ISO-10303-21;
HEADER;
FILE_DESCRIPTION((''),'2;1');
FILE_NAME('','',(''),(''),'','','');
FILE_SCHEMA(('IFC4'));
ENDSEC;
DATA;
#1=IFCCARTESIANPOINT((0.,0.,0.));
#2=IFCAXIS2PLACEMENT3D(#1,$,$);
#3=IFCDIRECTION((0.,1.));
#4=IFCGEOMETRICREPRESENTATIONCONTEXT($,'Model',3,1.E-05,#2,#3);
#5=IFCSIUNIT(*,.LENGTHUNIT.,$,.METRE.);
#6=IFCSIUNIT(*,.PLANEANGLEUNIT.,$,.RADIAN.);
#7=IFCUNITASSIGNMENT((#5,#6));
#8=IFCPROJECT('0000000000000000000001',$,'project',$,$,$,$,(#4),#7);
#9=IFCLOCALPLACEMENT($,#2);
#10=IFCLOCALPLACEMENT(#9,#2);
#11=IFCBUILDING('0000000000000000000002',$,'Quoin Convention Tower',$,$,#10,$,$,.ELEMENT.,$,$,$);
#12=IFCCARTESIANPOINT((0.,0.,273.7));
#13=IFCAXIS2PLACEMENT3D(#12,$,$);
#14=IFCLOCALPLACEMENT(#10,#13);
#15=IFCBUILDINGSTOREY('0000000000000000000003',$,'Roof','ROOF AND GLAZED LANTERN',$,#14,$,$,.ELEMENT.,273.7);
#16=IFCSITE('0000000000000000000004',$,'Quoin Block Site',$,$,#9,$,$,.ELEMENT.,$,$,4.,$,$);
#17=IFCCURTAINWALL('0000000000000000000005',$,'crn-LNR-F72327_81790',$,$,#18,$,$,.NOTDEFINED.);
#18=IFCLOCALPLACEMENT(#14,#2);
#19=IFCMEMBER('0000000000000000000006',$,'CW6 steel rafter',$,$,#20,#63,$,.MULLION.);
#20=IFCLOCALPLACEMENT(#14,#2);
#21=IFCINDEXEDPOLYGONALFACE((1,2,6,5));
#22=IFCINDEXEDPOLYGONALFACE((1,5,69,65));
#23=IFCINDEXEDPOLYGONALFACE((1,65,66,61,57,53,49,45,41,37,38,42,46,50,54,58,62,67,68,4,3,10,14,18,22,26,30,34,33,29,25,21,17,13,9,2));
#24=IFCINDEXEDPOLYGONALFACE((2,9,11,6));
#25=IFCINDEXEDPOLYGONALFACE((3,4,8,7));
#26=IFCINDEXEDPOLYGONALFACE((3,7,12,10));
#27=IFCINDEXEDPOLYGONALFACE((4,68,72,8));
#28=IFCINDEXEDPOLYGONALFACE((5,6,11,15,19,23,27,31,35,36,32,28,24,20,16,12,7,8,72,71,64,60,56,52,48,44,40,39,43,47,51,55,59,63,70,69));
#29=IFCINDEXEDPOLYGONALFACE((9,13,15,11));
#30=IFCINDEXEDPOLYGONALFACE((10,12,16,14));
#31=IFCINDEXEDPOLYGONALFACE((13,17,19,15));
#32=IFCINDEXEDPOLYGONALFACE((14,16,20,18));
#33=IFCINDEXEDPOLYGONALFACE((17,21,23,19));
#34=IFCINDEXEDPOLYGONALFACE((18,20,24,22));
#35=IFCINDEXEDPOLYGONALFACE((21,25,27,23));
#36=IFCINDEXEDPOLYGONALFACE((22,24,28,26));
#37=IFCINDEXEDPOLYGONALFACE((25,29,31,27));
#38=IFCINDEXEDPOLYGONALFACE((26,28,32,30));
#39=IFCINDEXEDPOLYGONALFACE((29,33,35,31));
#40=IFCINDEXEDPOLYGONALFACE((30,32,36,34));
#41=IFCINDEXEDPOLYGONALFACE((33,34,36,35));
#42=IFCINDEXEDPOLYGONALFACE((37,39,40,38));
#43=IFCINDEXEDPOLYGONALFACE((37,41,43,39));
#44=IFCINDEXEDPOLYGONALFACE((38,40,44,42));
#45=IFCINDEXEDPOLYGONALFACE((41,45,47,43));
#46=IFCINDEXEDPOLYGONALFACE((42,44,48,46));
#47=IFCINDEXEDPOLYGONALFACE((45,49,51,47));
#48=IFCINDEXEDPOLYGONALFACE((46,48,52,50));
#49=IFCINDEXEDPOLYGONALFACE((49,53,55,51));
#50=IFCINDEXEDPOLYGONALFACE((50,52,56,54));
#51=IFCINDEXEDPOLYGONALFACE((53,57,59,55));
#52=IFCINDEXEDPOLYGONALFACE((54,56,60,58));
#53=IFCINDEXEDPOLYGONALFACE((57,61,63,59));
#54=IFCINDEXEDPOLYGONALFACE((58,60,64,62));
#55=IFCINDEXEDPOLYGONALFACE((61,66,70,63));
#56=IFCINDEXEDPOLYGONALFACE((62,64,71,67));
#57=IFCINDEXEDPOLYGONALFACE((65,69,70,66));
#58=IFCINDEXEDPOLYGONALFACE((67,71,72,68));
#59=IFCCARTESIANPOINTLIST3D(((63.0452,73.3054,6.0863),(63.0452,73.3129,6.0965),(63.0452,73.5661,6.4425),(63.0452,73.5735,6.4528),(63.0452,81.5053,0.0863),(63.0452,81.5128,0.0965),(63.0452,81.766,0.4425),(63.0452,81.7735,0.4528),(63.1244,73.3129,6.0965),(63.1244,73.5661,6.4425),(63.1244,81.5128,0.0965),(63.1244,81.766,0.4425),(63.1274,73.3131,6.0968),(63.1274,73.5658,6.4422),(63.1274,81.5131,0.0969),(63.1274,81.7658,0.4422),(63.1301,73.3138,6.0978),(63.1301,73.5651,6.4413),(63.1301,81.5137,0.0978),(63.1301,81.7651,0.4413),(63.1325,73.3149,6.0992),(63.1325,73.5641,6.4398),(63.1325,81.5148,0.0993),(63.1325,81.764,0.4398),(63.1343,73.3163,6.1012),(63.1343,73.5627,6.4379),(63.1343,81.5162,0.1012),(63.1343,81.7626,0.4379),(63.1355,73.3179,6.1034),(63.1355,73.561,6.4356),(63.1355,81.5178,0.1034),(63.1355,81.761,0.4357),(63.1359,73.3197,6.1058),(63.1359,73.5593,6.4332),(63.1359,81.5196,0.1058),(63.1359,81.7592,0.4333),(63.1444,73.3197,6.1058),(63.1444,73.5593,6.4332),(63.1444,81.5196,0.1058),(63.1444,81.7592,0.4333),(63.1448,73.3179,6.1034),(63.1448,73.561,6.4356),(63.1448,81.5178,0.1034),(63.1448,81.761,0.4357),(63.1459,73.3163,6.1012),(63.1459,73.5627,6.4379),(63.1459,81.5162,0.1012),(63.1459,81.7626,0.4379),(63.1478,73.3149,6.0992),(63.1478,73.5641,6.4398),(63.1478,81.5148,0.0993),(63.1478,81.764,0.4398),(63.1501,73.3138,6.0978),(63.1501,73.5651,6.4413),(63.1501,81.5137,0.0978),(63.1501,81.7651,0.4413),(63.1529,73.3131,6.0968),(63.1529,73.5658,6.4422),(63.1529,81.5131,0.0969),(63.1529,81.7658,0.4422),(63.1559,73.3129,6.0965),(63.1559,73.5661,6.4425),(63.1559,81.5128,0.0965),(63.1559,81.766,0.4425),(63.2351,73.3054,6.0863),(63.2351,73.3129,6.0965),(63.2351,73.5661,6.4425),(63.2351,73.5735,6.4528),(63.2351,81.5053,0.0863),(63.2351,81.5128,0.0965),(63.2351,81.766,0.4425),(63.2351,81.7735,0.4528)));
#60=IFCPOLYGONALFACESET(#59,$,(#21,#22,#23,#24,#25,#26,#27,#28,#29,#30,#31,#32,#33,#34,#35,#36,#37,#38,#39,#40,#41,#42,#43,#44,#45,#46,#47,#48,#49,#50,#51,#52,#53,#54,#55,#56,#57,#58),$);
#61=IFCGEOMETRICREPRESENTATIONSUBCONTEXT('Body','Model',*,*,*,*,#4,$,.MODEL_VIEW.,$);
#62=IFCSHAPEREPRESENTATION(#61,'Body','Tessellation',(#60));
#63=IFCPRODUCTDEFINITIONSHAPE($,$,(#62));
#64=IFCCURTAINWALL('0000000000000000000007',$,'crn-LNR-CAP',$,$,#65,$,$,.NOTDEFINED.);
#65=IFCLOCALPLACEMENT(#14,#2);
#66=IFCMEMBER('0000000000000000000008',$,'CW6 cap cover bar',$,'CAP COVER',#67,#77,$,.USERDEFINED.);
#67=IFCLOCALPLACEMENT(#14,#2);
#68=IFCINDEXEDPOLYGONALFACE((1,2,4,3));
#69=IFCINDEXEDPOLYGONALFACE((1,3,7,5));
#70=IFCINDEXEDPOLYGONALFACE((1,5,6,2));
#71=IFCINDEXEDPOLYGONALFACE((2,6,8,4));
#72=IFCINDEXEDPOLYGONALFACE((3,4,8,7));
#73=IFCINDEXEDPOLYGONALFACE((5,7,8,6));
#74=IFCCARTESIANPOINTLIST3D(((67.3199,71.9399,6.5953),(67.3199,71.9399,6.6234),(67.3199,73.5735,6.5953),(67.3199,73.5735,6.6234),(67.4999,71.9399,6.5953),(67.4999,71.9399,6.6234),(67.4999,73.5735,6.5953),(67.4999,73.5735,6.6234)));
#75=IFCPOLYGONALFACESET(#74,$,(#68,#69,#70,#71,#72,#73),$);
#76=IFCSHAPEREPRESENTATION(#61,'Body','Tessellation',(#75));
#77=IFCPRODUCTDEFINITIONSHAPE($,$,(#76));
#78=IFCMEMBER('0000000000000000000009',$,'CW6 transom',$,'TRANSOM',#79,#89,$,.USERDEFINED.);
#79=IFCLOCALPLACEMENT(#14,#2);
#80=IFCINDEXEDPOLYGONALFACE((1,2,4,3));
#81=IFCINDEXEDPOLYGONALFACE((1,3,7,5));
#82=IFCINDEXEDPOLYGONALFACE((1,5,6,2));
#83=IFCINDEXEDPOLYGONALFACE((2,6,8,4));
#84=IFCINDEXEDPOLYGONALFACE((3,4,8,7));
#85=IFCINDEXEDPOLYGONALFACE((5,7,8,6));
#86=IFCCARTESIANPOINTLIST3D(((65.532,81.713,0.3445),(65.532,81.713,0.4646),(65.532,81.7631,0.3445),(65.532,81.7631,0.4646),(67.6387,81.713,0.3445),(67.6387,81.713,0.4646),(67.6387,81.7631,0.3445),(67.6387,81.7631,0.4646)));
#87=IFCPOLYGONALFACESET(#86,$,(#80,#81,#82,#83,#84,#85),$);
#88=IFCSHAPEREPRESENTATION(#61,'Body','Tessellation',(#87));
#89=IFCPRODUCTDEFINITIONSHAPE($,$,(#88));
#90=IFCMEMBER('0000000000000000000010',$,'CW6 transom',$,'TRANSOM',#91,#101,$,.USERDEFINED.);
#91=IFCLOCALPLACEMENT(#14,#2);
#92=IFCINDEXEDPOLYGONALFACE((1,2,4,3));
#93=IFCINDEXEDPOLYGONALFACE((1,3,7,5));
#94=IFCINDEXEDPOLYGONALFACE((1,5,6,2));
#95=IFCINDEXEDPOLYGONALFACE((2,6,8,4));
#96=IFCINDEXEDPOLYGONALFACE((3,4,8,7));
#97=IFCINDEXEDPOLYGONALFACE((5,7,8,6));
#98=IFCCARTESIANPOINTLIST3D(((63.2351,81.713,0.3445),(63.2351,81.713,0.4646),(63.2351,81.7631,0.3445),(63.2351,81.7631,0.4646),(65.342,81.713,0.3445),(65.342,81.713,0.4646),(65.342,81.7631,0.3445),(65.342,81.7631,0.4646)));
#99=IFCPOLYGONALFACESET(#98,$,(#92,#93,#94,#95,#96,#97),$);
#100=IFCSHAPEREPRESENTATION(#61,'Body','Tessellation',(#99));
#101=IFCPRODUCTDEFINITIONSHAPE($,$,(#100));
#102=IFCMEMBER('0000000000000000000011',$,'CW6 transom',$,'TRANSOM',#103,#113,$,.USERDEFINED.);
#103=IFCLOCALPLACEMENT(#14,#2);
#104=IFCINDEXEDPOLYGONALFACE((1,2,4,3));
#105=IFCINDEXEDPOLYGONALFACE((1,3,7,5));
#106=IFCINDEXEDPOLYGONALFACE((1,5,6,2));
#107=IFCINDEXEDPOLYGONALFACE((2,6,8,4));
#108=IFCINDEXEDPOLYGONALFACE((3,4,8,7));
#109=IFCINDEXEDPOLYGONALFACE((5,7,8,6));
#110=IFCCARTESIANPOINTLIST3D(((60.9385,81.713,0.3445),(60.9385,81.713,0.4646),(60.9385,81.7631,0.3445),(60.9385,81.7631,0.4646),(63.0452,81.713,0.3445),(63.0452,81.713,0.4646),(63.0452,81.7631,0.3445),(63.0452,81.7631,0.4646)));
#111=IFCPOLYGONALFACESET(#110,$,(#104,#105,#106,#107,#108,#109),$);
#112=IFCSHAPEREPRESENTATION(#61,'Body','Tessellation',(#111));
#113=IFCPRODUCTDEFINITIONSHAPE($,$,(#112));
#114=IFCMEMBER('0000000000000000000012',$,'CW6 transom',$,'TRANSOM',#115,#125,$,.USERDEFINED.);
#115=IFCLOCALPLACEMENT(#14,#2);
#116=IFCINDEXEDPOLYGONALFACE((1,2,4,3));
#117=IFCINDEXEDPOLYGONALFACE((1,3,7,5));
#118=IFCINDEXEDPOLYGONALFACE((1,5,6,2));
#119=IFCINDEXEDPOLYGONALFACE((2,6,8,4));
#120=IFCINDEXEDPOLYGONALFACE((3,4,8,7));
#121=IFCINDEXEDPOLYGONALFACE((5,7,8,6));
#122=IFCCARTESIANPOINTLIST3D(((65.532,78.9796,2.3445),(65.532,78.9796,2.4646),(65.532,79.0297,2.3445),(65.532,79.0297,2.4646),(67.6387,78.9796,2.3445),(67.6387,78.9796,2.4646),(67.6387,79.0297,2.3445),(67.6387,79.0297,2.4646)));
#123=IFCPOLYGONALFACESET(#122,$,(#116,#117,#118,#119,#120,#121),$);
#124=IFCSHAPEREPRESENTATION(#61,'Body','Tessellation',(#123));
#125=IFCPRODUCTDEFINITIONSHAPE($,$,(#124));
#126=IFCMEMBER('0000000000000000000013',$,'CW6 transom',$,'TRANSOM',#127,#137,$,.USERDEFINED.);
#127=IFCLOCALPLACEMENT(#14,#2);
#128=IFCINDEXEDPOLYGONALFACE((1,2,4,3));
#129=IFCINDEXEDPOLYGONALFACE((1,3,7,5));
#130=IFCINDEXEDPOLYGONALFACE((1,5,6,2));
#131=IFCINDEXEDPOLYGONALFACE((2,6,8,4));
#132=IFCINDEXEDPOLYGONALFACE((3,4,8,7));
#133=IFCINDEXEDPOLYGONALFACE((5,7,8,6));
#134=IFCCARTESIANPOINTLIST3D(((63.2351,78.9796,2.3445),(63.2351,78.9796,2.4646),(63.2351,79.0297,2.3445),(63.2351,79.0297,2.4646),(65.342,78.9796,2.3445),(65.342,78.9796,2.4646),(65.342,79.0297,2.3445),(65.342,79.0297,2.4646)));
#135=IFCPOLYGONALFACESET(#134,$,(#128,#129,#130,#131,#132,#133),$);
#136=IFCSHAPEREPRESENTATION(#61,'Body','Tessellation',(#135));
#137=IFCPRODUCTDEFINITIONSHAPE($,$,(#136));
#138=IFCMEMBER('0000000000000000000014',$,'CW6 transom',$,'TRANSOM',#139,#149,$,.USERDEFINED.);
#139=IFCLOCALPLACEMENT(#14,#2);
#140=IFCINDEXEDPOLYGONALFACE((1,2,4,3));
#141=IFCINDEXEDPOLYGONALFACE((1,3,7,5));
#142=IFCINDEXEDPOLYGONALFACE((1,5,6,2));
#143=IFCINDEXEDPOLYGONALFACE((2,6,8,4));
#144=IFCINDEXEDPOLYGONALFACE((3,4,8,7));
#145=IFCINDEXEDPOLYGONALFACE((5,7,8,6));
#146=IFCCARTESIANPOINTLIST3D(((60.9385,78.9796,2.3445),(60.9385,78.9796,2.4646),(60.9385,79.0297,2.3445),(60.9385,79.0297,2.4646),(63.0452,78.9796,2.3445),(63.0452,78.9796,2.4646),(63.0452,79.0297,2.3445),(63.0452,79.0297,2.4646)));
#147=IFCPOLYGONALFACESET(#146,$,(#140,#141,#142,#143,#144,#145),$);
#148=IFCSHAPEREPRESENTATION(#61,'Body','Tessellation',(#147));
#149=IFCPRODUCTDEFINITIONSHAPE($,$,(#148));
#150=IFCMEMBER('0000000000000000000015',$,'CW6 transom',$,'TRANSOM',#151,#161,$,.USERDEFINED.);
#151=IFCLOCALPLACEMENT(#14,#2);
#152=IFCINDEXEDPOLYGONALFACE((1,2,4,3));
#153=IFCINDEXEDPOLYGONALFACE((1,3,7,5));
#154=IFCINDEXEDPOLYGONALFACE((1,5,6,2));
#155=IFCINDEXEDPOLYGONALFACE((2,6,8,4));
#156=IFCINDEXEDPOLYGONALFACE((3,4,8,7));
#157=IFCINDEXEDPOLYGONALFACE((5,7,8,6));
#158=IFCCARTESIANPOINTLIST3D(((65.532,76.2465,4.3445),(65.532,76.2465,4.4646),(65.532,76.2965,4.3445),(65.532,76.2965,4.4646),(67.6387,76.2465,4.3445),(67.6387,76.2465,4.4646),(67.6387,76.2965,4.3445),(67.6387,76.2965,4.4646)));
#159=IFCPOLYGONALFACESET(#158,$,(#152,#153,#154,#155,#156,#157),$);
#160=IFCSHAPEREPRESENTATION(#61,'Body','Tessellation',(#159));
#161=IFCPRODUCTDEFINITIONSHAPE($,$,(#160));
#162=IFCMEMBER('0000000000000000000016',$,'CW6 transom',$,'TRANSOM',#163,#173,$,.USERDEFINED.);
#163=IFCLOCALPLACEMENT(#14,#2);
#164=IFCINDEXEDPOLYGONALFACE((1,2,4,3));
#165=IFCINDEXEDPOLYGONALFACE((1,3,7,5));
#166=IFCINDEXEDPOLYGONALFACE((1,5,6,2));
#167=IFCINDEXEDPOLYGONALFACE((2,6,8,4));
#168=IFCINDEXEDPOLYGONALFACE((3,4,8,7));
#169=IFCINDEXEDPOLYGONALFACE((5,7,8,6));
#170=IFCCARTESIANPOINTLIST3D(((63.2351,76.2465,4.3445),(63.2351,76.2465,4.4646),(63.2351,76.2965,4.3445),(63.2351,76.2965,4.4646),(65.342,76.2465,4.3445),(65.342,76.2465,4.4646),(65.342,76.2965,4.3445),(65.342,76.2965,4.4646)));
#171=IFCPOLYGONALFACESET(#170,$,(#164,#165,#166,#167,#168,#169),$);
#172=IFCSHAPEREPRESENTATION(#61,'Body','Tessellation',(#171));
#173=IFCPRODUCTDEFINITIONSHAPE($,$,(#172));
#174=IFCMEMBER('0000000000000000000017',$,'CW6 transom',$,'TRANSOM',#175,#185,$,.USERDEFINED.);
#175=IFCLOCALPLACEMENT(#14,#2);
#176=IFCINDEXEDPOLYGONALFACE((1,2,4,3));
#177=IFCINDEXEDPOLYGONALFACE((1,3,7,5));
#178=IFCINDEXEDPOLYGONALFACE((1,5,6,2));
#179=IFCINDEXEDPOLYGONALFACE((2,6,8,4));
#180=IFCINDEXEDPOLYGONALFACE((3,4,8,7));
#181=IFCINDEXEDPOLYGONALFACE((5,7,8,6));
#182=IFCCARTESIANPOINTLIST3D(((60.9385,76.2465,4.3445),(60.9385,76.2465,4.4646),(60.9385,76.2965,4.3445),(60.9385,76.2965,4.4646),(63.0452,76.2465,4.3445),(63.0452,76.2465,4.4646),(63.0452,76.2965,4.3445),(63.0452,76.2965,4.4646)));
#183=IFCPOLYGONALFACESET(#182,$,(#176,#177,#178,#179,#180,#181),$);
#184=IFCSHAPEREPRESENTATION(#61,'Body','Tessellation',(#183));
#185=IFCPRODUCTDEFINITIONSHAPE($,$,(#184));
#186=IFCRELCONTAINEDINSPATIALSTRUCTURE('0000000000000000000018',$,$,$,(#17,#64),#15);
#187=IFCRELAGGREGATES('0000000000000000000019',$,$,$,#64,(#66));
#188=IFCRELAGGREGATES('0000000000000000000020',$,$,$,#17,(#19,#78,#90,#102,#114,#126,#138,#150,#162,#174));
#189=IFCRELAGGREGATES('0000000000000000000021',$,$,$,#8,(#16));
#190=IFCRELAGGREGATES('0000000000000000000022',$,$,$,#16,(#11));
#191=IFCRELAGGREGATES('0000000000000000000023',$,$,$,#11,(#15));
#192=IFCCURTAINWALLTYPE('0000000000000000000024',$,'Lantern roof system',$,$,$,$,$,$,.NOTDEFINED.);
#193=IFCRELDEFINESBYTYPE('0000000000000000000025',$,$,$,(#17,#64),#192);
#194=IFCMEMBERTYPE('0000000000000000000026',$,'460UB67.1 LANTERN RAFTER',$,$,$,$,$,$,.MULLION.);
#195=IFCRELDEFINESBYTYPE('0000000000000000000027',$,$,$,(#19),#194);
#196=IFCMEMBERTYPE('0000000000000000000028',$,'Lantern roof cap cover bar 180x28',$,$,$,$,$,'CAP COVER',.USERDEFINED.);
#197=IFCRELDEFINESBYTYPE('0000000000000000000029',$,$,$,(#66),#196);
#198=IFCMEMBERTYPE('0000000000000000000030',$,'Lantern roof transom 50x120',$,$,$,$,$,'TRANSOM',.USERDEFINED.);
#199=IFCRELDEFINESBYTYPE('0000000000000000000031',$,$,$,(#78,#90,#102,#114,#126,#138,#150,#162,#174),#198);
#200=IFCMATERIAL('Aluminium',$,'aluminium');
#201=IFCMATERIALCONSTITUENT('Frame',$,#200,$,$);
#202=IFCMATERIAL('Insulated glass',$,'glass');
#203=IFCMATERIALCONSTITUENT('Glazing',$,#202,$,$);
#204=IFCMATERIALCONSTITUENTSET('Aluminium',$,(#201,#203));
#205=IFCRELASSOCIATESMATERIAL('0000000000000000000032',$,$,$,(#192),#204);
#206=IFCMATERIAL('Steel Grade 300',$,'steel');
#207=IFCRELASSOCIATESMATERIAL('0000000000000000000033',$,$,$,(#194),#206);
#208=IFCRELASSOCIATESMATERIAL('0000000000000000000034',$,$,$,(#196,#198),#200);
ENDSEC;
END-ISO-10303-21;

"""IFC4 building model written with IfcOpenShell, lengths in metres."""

from ifc_helpers import new_model, si_unit, direction, frame, origin, origin_2d, place, context, subcontext, project, spatial, rectangle, i_section, extrude, material, constituent, constituent_set, material_profile, profile_set, type_object, element, aggregate, save


model = new_model("IFC4")

# Units and contexts
model_context = context("Model", 3, precision=1e-05, world=origin(), true_north=direction((0.0, 1.0)))
body_context = subcontext(model_context, "Body", "Model", "MODEL_VIEW")
ifc_project = project(units=[si_unit("LENGTHUNIT", "METRE"), si_unit("PLANEANGLEUNIT", "RADIAN")], contexts=[model_context])

# Site, building, storey
site_placement = place(None, origin())
site = spatial("IfcSite", under=ifc_project, at=site_placement, Name="Quoin Block Site", CompositionType="ELEMENT", RefElevation=4.0)
building_placement = place(site_placement, origin())
building = spatial("IfcBuilding", under=site, at=building_placement, Name="Quoin Convention Tower", CompositionType="ELEMENT")
storey_placement = place(building_placement, frame((0.0, 0.0, 273.7)))
storey = spatial("IfcBuildingStorey", under=building, at=storey_placement, Name="Roof", Description="ROOF AND GLAZED LANTERN", CompositionType="ELEMENT", Elevation=273.7)

# Shared definitions
ifc_material_1 = material(Name="Steel Grade 300", Category="steel")

# Curtain wall, member
ifc_material_2 = material(Name="Aluminium", Category="aluminium")
ifc_constituent_1 = constituent(ifc_material_2, Name="Frame")
ifc_material_3 = material(Name="Insulated glass", Category="glass")
ifc_constituent_2 = constituent(ifc_material_3, Name="Glazing")
ifc_constituent_set = constituent_set(constituents=[ifc_constituent_1, ifc_constituent_2], Name="Aluminium")
curtain_wall_type = type_object("IfcCurtainWallType", Name="Lantern roof system", PredefinedType="NOTDEFINED", material=ifc_constituent_set)
curtain_wall_1_placement = place(storey_placement, origin())
curtain_wall_1 = element("IfcCurtainWall", 1, at=curtain_wall_1_placement, inside=storey, type_object=curtain_wall_type, Name="crn-LNR-F72327_81790", PredefinedType="NOTDEFINED")
ifc_material_profile_1 = material_profile(ifc_material_1, i_section(OverallWidth=0.1899, OverallDepth=0.4541, WebThickness=0.0085, FlangeThickness=0.0127, FilletRadius=0.0115, at=origin_2d()), Name="460UB67.1")
ifc_profile_set_1 = profile_set([ifc_material_profile_1], Name="Steel Grade 300")
member_type_1 = type_object("IfcMemberType", Name="460UB67.1 LANTERN RAFTER", PredefinedType="MULLION", material=ifc_profile_set_1)
member_1_placement = place(storey_placement, frame((63.1401, 81.6394, 0.2695), z_axis=(0.0, -0.807029, 0.590512), x_axis=(1.0, 0.0, 0.0)))
member_1 = element("IfcMember", 2, at=member_1_placement, type_object=member_type_1, Name="CW6 steel rafter", PredefinedType="MULLION", context=body_context, shape_type="SweptSolid", body=[
    extrude(i_section(OverallWidth=0.1899, OverallDepth=0.4541, WebThickness=0.0085, FlangeThickness=0.0127, FilletRadius=0.0115, at=origin_2d()), origin(), (0.0, 0.0, 1.0), 10.1606),
])

# Curtain wall, member
curtain_wall_2_placement = place(storey_placement, origin())
curtain_wall_2 = element("IfcCurtainWall", 3, at=curtain_wall_2_placement, inside=storey, type_object=curtain_wall_type, Name="crn-LNR-CAP", PredefinedType="NOTDEFINED")
ifc_material_profile_2 = material_profile(ifc_material_2, rectangle(XDim=0.0281, YDim=0.1799, at=origin_2d()), Name="Lantern roof cap cover bar 180x28")
ifc_profile_set_2 = profile_set([ifc_material_profile_2], Name="Aluminium")
member_type_2 = type_object("IfcMemberType", Name="Lantern roof cap cover bar 180x28", ElementType="CAP COVER", PredefinedType="USERDEFINED", material=ifc_profile_set_2)
member_2_placement = place(storey_placement, frame((67.4099, 71.9399, 6.6094), z_axis=(0.0, 1.0, 0.0), x_axis=(0.0, 0.0, 1.0)))
member_2 = element("IfcMember", 4, at=member_2_placement, type_object=member_type_2, Name="CW6 cap cover bar", ObjectType="CAP COVER", PredefinedType="USERDEFINED", context=body_context, shape_type="SweptSolid", body=[
    extrude(rectangle(XDim=0.0281, YDim=0.1799, at=origin_2d()), origin(), (0.0, 0.0, 1.0), 1.6335),
])
aggregate(curtain_wall_2, [member_2])

# Members
ifc_material_profile_3 = material_profile(ifc_material_2, rectangle(XDim=0.1201, YDim=0.05, at=origin_2d()), Name="Lantern roof transom 50x120")
ifc_profile_set_3 = profile_set([ifc_material_profile_3], Name="Aluminium")
member_type_3 = type_object("IfcMemberType", Name="Lantern roof transom 50x120", ElementType="TRANSOM", PredefinedType="USERDEFINED", material=ifc_profile_set_3)
member_3_placement = place(storey_placement, frame((67.6387, 81.738, 0.4045), z_axis=(-1.0, 0.0, 0.0), x_axis=(0.0, 0.0, 1.0)))
member_3 = element("IfcMember", 5, at=member_3_placement, type_object=member_type_3, Name="CW6 transom", ObjectType="TRANSOM", PredefinedType="USERDEFINED", context=body_context, shape_type="SweptSolid", body=[
    extrude(rectangle(XDim=0.1201, YDim=0.05, at=origin_2d()), origin(), (0.0, 0.0, 1.0), 2.1067),
])
member_4_placement = place(storey_placement, frame((65.342, 81.738, 0.4045), z_axis=(-1.0, 0.0, 0.0), x_axis=(0.0, 0.0, 1.0)))
member_4 = element("IfcMember", 6, at=member_4_placement, type_object=member_type_3, Name="CW6 transom", ObjectType="TRANSOM", PredefinedType="USERDEFINED", context=body_context, shape_type="SweptSolid", body=[
    extrude(rectangle(XDim=0.1201, YDim=0.05, at=origin_2d()), origin(), (0.0, 0.0, 1.0), 2.1069),
])
member_5_placement = place(storey_placement, frame((63.0452, 81.738, 0.4045), z_axis=(-1.0, 0.0, 0.0), x_axis=(0.0, 0.0, 1.0)))
member_5 = element("IfcMember", 7, at=member_5_placement, type_object=member_type_3, Name="CW6 transom", ObjectType="TRANSOM", PredefinedType="USERDEFINED", context=body_context, shape_type="SweptSolid", body=[
    extrude(rectangle(XDim=0.1201, YDim=0.05, at=origin_2d()), origin(), (0.0, 0.0, 1.0), 2.1067),
])
member_6_placement = place(storey_placement, frame((67.6387, 79.0046, 2.4045), z_axis=(-1.0, 0.0, 0.0), x_axis=(0.0, 0.0, 1.0)))
member_6 = element("IfcMember", 8, at=member_6_placement, type_object=member_type_3, Name="CW6 transom", ObjectType="TRANSOM", PredefinedType="USERDEFINED", context=body_context, shape_type="SweptSolid", body=[
    extrude(rectangle(XDim=0.1201, YDim=0.05, at=origin_2d()), origin(), (0.0, 0.0, 1.0), 2.1067),
])
member_7_placement = place(storey_placement, frame((65.342, 79.0046, 2.4045), z_axis=(-1.0, 0.0, 0.0), x_axis=(0.0, 0.0, 1.0)))
member_7 = element("IfcMember", 9, at=member_7_placement, type_object=member_type_3, Name="CW6 transom", ObjectType="TRANSOM", PredefinedType="USERDEFINED", context=body_context, shape_type="SweptSolid", body=[
    extrude(rectangle(XDim=0.1201, YDim=0.05, at=origin_2d()), origin(), (0.0, 0.0, 1.0), 2.1069),
])
member_8_placement = place(storey_placement, frame((63.0452, 79.0046, 2.4045), z_axis=(-1.0, 0.0, 0.0), x_axis=(0.0, 0.0, 1.0)))
member_8 = element("IfcMember", 10, at=member_8_placement, type_object=member_type_3, Name="CW6 transom", ObjectType="TRANSOM", PredefinedType="USERDEFINED", context=body_context, shape_type="SweptSolid", body=[
    extrude(rectangle(XDim=0.1201, YDim=0.05, at=origin_2d()), origin(), (0.0, 0.0, 1.0), 2.1067),
])
member_9_placement = place(storey_placement, frame((67.6387, 76.2715, 4.4045), z_axis=(-1.0, 0.0, 0.0), x_axis=(0.0, 0.0, 1.0)))
member_9 = element("IfcMember", 11, at=member_9_placement, type_object=member_type_3, Name="CW6 transom", ObjectType="TRANSOM", PredefinedType="USERDEFINED", context=body_context, shape_type="SweptSolid", body=[
    extrude(rectangle(XDim=0.1201, YDim=0.05, at=origin_2d()), origin(), (0.0, 0.0, 1.0), 2.1067),
])
member_10_placement = place(storey_placement, frame((65.342, 76.2715, 4.4045), z_axis=(-1.0, 0.0, 0.0), x_axis=(0.0, 0.0, 1.0)))
member_10 = element("IfcMember", 12, at=member_10_placement, type_object=member_type_3, Name="CW6 transom", ObjectType="TRANSOM", PredefinedType="USERDEFINED", context=body_context, shape_type="SweptSolid", body=[
    extrude(rectangle(XDim=0.1201, YDim=0.05, at=origin_2d()), origin(), (0.0, 0.0, 1.0), 2.1069),
])
member_11_placement = place(storey_placement, frame((63.0452, 76.2715, 4.4045), z_axis=(-1.0, 0.0, 0.0), x_axis=(0.0, 0.0, 1.0)))
member_11 = element("IfcMember", 13, at=member_11_placement, type_object=member_type_3, Name="CW6 transom", ObjectType="TRANSOM", PredefinedType="USERDEFINED", context=body_context, shape_type="SweptSolid", body=[
    extrude(rectangle(XDim=0.1201, YDim=0.05, at=origin_2d()), origin(), (0.0, 0.0, 1.0), 2.1067),
])

aggregate(curtain_wall_1, [member_1, member_3, member_4, member_5, member_6, member_7, member_8, member_9, member_10, member_11])

save(model, "model.ifc")
